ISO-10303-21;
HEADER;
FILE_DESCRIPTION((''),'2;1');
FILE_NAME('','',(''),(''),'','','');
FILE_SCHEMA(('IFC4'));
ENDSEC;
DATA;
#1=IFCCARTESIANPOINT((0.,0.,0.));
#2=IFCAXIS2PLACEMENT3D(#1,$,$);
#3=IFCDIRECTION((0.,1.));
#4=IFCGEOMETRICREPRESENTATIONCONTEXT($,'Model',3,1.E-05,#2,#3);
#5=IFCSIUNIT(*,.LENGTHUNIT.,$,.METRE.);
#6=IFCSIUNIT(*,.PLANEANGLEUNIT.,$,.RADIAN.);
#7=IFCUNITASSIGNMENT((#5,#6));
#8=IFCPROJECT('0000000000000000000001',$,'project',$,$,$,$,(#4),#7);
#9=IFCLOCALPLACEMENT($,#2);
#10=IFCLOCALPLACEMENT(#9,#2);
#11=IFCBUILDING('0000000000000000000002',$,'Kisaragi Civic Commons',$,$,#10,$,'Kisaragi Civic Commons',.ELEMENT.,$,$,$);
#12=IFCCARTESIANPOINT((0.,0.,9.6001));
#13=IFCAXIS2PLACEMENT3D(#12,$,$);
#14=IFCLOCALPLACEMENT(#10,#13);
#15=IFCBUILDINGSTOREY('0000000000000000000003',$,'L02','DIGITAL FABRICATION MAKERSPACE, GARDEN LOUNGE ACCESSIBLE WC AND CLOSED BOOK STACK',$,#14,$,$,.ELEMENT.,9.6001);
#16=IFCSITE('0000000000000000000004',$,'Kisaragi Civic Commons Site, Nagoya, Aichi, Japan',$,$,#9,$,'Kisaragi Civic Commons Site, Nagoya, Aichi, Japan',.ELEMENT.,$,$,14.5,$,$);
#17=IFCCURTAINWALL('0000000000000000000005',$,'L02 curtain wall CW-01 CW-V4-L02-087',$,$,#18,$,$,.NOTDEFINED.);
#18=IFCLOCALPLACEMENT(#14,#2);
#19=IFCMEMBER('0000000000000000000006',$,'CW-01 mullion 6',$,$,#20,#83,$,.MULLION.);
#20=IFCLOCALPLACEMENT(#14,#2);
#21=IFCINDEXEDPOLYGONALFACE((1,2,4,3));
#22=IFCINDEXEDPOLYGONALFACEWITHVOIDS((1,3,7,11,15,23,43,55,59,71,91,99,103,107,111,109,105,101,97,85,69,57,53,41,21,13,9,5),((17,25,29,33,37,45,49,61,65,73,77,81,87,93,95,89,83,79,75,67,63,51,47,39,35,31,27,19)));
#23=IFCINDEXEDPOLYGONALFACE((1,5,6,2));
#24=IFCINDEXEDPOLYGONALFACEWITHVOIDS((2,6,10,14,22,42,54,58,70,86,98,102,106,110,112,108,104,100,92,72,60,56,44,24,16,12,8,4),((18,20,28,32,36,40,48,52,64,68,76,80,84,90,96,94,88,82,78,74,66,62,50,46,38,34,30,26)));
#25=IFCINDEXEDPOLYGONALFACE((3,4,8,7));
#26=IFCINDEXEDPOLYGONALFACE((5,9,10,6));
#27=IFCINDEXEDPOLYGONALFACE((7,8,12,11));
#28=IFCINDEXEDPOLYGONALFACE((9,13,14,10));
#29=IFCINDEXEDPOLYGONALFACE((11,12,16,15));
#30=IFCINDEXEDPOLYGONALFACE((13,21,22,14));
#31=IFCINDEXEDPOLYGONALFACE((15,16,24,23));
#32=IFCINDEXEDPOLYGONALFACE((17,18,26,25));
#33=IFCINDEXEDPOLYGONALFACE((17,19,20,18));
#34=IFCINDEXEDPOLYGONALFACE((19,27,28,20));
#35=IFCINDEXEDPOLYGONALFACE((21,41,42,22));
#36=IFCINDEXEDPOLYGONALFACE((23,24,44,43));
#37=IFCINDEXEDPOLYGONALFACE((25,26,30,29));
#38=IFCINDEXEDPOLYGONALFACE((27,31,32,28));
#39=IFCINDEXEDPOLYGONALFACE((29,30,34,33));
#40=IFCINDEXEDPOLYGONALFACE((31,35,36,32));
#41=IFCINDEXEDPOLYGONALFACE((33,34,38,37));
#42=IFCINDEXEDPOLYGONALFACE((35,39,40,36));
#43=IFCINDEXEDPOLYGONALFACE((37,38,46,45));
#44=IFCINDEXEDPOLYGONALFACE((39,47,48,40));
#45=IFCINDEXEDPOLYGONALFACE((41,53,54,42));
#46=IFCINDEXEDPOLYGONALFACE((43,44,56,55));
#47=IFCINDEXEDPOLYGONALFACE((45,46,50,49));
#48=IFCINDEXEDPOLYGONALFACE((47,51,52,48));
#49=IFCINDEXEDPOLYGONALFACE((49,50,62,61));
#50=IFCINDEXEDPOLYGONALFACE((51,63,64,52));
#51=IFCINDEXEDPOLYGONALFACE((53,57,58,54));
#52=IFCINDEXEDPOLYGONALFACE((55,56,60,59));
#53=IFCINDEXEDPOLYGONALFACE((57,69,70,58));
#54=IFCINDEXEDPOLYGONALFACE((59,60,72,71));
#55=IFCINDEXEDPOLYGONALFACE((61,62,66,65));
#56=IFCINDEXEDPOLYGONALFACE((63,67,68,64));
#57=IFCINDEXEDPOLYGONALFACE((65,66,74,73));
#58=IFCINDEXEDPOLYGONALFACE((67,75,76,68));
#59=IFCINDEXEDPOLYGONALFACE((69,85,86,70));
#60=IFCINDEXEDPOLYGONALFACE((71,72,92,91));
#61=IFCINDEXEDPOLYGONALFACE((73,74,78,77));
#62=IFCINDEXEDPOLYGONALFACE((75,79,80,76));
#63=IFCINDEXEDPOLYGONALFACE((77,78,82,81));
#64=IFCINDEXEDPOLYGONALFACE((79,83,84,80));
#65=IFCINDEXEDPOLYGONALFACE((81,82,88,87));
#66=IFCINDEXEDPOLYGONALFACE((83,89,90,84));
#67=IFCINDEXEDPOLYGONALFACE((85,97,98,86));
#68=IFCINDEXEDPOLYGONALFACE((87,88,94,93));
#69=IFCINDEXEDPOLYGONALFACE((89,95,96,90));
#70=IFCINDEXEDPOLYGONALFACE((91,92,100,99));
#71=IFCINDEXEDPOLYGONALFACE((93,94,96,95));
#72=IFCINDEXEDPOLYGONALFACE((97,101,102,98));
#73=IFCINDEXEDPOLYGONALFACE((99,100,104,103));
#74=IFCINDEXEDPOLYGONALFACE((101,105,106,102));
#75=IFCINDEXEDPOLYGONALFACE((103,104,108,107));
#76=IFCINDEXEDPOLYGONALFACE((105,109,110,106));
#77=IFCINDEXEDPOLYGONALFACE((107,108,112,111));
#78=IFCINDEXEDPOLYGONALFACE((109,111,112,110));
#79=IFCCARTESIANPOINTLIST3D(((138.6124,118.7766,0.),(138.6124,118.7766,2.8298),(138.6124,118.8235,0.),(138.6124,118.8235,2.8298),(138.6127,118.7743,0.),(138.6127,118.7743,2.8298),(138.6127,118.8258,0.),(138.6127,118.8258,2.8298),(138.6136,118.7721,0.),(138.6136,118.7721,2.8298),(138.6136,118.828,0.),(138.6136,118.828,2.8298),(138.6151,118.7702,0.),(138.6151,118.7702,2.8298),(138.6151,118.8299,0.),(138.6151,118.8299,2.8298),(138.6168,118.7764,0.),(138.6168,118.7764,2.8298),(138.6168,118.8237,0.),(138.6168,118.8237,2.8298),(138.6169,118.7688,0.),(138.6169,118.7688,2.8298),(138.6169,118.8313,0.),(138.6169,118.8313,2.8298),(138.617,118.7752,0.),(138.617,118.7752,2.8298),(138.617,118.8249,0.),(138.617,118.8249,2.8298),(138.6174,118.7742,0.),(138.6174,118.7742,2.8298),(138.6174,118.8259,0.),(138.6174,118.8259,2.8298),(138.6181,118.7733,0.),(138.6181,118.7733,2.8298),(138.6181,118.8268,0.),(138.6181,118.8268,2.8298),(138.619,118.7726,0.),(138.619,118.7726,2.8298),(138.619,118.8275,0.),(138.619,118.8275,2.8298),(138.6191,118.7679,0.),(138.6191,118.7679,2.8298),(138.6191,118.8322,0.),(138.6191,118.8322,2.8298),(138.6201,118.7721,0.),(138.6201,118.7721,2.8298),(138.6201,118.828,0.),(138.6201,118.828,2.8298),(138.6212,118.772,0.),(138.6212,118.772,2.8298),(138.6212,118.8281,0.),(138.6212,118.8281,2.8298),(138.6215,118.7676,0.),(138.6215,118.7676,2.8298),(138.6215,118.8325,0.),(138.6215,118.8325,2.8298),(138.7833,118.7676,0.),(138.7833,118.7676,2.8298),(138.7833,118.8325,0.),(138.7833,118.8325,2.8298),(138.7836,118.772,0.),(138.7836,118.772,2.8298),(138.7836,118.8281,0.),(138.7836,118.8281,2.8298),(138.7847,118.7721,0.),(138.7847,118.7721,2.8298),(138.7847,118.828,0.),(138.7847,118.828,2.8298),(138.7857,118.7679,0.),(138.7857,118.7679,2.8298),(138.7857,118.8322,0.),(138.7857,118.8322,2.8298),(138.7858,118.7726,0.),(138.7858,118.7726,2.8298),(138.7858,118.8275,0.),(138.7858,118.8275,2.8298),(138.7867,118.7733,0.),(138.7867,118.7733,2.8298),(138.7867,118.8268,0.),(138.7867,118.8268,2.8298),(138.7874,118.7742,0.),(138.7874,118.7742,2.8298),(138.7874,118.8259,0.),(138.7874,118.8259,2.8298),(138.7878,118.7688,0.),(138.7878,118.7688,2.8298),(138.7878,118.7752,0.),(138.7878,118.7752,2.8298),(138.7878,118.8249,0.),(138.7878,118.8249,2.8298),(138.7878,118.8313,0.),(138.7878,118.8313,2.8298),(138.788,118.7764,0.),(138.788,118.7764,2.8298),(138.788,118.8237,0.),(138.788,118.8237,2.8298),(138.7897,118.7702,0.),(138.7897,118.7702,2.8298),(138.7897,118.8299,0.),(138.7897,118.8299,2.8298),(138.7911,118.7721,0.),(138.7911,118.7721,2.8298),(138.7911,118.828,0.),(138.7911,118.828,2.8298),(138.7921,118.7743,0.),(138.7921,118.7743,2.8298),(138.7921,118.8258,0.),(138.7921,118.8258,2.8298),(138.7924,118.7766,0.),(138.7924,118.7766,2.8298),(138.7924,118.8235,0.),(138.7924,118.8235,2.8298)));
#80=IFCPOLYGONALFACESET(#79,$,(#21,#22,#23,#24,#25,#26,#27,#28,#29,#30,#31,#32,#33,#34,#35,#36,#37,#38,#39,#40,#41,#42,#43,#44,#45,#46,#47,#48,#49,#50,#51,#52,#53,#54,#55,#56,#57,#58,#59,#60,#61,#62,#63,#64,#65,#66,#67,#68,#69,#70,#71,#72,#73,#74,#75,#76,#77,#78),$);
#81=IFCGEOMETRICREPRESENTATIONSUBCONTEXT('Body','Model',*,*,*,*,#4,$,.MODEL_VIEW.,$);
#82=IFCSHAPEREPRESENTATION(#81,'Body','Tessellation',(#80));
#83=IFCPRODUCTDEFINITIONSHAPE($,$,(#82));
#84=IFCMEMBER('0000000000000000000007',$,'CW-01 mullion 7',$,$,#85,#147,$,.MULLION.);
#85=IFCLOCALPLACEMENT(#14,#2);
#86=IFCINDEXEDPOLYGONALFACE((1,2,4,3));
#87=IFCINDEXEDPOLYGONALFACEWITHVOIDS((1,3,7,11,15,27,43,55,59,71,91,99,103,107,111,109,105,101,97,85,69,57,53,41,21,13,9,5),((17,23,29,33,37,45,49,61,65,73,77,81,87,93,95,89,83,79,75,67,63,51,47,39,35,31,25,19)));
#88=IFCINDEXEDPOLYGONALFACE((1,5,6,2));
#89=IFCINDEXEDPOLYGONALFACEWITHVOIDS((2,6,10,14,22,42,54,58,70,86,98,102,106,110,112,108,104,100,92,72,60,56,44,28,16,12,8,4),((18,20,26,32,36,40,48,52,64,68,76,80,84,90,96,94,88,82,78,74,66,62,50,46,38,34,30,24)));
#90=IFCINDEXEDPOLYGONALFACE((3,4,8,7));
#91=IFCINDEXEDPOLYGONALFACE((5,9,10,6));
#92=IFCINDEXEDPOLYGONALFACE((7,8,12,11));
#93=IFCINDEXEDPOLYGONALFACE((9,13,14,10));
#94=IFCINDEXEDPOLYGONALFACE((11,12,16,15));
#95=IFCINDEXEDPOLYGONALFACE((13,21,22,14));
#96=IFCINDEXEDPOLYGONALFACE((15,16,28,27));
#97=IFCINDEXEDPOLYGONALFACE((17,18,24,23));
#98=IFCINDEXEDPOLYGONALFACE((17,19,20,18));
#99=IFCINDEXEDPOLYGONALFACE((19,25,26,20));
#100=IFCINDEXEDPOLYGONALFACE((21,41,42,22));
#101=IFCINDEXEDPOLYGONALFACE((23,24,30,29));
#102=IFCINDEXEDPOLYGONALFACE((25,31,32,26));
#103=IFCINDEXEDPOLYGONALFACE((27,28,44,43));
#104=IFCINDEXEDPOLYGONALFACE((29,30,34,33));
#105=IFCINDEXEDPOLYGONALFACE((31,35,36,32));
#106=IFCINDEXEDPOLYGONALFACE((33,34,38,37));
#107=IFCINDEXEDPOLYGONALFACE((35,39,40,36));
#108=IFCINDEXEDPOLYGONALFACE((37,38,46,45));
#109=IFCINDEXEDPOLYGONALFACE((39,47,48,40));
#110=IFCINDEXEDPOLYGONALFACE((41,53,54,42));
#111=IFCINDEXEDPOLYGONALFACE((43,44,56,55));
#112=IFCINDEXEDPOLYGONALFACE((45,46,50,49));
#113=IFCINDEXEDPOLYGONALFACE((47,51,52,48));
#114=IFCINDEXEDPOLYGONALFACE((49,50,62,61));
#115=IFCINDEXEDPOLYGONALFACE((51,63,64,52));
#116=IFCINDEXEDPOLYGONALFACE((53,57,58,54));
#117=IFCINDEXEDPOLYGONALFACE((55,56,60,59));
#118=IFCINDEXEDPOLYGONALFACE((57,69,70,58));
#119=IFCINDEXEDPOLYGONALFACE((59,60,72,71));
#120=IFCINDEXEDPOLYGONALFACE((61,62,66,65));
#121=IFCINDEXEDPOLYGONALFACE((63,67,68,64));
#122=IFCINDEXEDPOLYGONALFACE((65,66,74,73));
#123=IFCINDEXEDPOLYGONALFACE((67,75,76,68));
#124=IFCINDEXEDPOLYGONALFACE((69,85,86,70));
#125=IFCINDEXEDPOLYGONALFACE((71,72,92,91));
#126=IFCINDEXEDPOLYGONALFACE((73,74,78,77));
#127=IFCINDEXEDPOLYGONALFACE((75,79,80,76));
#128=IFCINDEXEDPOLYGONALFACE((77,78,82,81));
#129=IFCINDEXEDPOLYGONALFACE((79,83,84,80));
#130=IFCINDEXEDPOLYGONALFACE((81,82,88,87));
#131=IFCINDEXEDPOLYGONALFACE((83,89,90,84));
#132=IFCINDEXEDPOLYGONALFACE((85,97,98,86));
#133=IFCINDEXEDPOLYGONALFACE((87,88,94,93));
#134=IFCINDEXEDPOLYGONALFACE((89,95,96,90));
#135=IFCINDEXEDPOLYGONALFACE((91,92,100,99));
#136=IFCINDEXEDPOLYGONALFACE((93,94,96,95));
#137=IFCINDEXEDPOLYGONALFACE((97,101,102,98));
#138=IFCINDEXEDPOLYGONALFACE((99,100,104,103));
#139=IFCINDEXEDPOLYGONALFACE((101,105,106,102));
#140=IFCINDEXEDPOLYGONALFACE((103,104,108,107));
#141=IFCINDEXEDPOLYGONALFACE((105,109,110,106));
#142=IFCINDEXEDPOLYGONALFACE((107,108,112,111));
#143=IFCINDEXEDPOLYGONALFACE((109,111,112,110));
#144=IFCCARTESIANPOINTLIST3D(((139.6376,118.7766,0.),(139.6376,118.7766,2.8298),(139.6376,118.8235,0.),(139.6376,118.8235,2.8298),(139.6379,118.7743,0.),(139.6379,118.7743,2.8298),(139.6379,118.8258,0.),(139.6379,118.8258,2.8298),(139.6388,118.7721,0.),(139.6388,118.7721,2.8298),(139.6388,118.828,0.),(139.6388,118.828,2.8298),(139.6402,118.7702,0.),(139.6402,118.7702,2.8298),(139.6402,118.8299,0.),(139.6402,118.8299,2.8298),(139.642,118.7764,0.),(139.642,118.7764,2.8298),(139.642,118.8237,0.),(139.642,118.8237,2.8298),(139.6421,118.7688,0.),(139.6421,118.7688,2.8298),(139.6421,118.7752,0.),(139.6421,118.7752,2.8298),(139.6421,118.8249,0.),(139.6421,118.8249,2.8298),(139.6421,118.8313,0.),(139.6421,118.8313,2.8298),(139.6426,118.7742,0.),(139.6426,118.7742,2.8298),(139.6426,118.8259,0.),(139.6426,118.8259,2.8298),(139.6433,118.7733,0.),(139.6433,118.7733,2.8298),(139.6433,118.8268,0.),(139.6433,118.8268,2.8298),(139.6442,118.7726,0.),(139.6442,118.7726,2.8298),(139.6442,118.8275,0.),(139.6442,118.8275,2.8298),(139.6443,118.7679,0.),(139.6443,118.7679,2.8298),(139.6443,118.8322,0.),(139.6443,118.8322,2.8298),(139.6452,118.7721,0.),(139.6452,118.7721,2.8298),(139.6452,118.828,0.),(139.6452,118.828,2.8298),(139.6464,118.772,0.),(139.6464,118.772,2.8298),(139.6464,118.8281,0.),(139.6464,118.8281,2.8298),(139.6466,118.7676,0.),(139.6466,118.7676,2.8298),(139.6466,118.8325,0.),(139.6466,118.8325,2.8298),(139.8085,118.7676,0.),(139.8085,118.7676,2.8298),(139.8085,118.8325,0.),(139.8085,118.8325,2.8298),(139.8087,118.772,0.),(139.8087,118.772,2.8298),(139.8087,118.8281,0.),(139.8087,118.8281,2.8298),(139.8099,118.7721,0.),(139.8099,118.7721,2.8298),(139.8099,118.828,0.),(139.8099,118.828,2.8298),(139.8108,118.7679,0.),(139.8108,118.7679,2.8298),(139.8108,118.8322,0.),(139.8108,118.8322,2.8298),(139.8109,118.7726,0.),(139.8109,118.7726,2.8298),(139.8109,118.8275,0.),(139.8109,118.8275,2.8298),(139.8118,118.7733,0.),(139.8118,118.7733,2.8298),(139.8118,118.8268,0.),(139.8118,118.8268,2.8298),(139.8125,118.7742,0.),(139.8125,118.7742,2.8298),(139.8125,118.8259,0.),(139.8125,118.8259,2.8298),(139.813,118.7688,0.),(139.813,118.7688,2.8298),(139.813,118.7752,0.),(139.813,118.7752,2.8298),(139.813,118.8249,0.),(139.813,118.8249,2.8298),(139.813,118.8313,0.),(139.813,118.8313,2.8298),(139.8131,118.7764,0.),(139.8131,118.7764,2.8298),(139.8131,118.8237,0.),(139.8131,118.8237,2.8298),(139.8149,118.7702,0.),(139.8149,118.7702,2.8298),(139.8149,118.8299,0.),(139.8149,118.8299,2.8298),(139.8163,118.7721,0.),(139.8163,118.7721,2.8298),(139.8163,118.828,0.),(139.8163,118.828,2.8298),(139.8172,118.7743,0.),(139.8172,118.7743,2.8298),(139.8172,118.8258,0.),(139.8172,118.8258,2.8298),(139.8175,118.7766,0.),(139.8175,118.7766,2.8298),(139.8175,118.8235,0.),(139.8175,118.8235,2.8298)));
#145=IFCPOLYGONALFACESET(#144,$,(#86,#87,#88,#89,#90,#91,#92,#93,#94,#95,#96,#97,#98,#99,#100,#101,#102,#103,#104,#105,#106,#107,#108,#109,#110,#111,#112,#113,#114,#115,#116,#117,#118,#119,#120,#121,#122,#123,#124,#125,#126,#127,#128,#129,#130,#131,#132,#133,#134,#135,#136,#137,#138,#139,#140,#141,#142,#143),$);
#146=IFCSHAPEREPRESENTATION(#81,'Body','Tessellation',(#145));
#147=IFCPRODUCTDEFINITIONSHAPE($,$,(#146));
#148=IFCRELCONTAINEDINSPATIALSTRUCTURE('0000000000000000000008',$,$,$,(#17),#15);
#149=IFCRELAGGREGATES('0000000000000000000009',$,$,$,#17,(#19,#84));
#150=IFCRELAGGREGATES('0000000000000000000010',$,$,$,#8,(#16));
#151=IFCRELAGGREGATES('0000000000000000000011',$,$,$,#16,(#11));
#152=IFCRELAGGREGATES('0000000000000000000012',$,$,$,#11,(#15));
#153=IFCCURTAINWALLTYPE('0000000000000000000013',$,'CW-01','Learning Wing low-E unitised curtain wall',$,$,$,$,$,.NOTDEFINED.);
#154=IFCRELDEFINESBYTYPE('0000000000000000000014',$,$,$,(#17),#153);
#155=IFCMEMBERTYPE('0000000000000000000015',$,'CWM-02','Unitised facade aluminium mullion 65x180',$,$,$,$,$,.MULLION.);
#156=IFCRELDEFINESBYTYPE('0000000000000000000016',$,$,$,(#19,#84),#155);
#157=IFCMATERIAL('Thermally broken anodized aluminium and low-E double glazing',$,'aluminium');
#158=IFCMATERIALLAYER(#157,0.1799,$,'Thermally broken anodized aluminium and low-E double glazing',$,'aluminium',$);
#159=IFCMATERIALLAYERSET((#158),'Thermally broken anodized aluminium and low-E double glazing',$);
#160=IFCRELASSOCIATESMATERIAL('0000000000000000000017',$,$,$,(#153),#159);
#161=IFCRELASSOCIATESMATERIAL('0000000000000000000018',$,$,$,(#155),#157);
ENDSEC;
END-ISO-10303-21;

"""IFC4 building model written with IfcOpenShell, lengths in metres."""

from ifc_helpers import new_model, si_unit, direction, frame, origin, origin_2d, place, context, subcontext, project, spatial, hollow_rectangle, extrude, material, layer, layer_set, material_profile, profile_set, type_object, element, aggregate, save


model = new_model("IFC4")

# Units and contexts
model_context = context("Model", 3, precision=1e-05, world=origin(), true_north=direction((0.0, 1.0)))
body_context = subcontext(model_context, "Body", "Model", "MODEL_VIEW")
ifc_project = project(units=[si_unit("LENGTHUNIT", "METRE"), si_unit("PLANEANGLEUNIT", "RADIAN")], contexts=[model_context])

# Site, building, storey
site_placement = place(None, origin())
site = spatial("IfcSite", under=ifc_project, at=site_placement, Name="Kisaragi Civic Commons Site, Nagoya, Aichi, Japan", LongName="Kisaragi Civic Commons Site, Nagoya, Aichi, Japan", CompositionType="ELEMENT", RefElevation=14.5)
building_placement = place(site_placement, origin())
building = spatial("IfcBuilding", under=site, at=building_placement, Name="Kisaragi Civic Commons", LongName="Kisaragi Civic Commons", CompositionType="ELEMENT")
storey_placement = place(building_placement, frame((0.0, 0.0, 9.6001)))
storey = spatial("IfcBuildingStorey", under=building, at=storey_placement, Name="L02", Description="DIGITAL FABRICATION MAKERSPACE, GARDEN LOUNGE ACCESSIBLE WC AND CLOSED BOOK STACK", CompositionType="ELEMENT", Elevation=9.6001)

# Curtain wall, members
ifc_material = material(Name="Thermally broken anodized aluminium and low-E double glazing", Category="aluminium")
ifc_layer_1 = layer(ifc_material, 0.1799, Name="Thermally broken anodized aluminium and low-E double glazing", Category="aluminium")
ifc_layer_set_1 = layer_set([ifc_layer_1], Name="Thermally broken anodized aluminium and low-E double glazing")
curtain_wall_type = type_object("IfcCurtainWallType", Name="CW-01", Description="Learning Wing low-E unitised curtain wall", PredefinedType="NOTDEFINED", material=ifc_layer_set_1)
curtain_wall_1_placement = place(storey_placement, origin())
curtain_wall_1 = element("IfcCurtainWall", 1, at=curtain_wall_1_placement, inside=storey, type_object=curtain_wall_type, Name="L02 curtain wall CW-01 CW-V4-L02-087", PredefinedType="NOTDEFINED")
ifc_material_profile_1 = material_profile(ifc_material, hollow_rectangle(XDim=0.0649, YDim=0.1799, WallThickness=0.0044, InnerFilletRadius=0.0044, OuterFilletRadius=0.009, at=origin_2d()), Name="CWM-65x180x4.5", Category="aluminium")
ifc_profile_set_1 = profile_set([ifc_material_profile_1], Name="Thermally broken anodized aluminium and low-E double glazing")
member_type_1 = type_object("IfcMemberType", Name="CWM-02", Description="Unitised facade aluminium mullion 65x180", PredefinedType="MULLION", material=ifc_profile_set_1)
member_1_placement = place(storey_placement, frame((138.7024, 118.8, 0.0), z_axis=(0.0, 0.0, 1.0), x_axis=(0.0, 1.0, 0.0)))
member_1 = element("IfcMember", 2, at=member_1_placement, type_object=member_type_1, Name="CW-01 mullion 6", PredefinedType="MULLION", context=body_context, shape_type="SweptSolid", body=[
    extrude(hollow_rectangle(XDim=0.0649, YDim=0.1799, WallThickness=0.0044, InnerFilletRadius=0.0044, OuterFilletRadius=0.009, at=origin_2d()), origin(), (0.0, 0.0, 1.0), 2.8298),
])
member_2_placement = place(storey_placement, frame((139.7275, 118.8, 0.0), z_axis=(0.0, 0.0, 1.0), x_axis=(0.0, 1.0, 0.0)))
member_2 = element("IfcMember", 3, at=member_2_placement, type_object=member_type_1, Name="CW-01 mullion 7", PredefinedType="MULLION", context=body_context, shape_type="SweptSolid", body=[
    extrude(hollow_rectangle(XDim=0.0649, YDim=0.1799, WallThickness=0.0044, InnerFilletRadius=0.0044, OuterFilletRadius=0.009, at=origin_2d()), origin(), (0.0, 0.0, 1.0), 2.8298),
])

aggregate(curtain_wall_1, [member_1, member_2])

save(model, "model.ifc")
